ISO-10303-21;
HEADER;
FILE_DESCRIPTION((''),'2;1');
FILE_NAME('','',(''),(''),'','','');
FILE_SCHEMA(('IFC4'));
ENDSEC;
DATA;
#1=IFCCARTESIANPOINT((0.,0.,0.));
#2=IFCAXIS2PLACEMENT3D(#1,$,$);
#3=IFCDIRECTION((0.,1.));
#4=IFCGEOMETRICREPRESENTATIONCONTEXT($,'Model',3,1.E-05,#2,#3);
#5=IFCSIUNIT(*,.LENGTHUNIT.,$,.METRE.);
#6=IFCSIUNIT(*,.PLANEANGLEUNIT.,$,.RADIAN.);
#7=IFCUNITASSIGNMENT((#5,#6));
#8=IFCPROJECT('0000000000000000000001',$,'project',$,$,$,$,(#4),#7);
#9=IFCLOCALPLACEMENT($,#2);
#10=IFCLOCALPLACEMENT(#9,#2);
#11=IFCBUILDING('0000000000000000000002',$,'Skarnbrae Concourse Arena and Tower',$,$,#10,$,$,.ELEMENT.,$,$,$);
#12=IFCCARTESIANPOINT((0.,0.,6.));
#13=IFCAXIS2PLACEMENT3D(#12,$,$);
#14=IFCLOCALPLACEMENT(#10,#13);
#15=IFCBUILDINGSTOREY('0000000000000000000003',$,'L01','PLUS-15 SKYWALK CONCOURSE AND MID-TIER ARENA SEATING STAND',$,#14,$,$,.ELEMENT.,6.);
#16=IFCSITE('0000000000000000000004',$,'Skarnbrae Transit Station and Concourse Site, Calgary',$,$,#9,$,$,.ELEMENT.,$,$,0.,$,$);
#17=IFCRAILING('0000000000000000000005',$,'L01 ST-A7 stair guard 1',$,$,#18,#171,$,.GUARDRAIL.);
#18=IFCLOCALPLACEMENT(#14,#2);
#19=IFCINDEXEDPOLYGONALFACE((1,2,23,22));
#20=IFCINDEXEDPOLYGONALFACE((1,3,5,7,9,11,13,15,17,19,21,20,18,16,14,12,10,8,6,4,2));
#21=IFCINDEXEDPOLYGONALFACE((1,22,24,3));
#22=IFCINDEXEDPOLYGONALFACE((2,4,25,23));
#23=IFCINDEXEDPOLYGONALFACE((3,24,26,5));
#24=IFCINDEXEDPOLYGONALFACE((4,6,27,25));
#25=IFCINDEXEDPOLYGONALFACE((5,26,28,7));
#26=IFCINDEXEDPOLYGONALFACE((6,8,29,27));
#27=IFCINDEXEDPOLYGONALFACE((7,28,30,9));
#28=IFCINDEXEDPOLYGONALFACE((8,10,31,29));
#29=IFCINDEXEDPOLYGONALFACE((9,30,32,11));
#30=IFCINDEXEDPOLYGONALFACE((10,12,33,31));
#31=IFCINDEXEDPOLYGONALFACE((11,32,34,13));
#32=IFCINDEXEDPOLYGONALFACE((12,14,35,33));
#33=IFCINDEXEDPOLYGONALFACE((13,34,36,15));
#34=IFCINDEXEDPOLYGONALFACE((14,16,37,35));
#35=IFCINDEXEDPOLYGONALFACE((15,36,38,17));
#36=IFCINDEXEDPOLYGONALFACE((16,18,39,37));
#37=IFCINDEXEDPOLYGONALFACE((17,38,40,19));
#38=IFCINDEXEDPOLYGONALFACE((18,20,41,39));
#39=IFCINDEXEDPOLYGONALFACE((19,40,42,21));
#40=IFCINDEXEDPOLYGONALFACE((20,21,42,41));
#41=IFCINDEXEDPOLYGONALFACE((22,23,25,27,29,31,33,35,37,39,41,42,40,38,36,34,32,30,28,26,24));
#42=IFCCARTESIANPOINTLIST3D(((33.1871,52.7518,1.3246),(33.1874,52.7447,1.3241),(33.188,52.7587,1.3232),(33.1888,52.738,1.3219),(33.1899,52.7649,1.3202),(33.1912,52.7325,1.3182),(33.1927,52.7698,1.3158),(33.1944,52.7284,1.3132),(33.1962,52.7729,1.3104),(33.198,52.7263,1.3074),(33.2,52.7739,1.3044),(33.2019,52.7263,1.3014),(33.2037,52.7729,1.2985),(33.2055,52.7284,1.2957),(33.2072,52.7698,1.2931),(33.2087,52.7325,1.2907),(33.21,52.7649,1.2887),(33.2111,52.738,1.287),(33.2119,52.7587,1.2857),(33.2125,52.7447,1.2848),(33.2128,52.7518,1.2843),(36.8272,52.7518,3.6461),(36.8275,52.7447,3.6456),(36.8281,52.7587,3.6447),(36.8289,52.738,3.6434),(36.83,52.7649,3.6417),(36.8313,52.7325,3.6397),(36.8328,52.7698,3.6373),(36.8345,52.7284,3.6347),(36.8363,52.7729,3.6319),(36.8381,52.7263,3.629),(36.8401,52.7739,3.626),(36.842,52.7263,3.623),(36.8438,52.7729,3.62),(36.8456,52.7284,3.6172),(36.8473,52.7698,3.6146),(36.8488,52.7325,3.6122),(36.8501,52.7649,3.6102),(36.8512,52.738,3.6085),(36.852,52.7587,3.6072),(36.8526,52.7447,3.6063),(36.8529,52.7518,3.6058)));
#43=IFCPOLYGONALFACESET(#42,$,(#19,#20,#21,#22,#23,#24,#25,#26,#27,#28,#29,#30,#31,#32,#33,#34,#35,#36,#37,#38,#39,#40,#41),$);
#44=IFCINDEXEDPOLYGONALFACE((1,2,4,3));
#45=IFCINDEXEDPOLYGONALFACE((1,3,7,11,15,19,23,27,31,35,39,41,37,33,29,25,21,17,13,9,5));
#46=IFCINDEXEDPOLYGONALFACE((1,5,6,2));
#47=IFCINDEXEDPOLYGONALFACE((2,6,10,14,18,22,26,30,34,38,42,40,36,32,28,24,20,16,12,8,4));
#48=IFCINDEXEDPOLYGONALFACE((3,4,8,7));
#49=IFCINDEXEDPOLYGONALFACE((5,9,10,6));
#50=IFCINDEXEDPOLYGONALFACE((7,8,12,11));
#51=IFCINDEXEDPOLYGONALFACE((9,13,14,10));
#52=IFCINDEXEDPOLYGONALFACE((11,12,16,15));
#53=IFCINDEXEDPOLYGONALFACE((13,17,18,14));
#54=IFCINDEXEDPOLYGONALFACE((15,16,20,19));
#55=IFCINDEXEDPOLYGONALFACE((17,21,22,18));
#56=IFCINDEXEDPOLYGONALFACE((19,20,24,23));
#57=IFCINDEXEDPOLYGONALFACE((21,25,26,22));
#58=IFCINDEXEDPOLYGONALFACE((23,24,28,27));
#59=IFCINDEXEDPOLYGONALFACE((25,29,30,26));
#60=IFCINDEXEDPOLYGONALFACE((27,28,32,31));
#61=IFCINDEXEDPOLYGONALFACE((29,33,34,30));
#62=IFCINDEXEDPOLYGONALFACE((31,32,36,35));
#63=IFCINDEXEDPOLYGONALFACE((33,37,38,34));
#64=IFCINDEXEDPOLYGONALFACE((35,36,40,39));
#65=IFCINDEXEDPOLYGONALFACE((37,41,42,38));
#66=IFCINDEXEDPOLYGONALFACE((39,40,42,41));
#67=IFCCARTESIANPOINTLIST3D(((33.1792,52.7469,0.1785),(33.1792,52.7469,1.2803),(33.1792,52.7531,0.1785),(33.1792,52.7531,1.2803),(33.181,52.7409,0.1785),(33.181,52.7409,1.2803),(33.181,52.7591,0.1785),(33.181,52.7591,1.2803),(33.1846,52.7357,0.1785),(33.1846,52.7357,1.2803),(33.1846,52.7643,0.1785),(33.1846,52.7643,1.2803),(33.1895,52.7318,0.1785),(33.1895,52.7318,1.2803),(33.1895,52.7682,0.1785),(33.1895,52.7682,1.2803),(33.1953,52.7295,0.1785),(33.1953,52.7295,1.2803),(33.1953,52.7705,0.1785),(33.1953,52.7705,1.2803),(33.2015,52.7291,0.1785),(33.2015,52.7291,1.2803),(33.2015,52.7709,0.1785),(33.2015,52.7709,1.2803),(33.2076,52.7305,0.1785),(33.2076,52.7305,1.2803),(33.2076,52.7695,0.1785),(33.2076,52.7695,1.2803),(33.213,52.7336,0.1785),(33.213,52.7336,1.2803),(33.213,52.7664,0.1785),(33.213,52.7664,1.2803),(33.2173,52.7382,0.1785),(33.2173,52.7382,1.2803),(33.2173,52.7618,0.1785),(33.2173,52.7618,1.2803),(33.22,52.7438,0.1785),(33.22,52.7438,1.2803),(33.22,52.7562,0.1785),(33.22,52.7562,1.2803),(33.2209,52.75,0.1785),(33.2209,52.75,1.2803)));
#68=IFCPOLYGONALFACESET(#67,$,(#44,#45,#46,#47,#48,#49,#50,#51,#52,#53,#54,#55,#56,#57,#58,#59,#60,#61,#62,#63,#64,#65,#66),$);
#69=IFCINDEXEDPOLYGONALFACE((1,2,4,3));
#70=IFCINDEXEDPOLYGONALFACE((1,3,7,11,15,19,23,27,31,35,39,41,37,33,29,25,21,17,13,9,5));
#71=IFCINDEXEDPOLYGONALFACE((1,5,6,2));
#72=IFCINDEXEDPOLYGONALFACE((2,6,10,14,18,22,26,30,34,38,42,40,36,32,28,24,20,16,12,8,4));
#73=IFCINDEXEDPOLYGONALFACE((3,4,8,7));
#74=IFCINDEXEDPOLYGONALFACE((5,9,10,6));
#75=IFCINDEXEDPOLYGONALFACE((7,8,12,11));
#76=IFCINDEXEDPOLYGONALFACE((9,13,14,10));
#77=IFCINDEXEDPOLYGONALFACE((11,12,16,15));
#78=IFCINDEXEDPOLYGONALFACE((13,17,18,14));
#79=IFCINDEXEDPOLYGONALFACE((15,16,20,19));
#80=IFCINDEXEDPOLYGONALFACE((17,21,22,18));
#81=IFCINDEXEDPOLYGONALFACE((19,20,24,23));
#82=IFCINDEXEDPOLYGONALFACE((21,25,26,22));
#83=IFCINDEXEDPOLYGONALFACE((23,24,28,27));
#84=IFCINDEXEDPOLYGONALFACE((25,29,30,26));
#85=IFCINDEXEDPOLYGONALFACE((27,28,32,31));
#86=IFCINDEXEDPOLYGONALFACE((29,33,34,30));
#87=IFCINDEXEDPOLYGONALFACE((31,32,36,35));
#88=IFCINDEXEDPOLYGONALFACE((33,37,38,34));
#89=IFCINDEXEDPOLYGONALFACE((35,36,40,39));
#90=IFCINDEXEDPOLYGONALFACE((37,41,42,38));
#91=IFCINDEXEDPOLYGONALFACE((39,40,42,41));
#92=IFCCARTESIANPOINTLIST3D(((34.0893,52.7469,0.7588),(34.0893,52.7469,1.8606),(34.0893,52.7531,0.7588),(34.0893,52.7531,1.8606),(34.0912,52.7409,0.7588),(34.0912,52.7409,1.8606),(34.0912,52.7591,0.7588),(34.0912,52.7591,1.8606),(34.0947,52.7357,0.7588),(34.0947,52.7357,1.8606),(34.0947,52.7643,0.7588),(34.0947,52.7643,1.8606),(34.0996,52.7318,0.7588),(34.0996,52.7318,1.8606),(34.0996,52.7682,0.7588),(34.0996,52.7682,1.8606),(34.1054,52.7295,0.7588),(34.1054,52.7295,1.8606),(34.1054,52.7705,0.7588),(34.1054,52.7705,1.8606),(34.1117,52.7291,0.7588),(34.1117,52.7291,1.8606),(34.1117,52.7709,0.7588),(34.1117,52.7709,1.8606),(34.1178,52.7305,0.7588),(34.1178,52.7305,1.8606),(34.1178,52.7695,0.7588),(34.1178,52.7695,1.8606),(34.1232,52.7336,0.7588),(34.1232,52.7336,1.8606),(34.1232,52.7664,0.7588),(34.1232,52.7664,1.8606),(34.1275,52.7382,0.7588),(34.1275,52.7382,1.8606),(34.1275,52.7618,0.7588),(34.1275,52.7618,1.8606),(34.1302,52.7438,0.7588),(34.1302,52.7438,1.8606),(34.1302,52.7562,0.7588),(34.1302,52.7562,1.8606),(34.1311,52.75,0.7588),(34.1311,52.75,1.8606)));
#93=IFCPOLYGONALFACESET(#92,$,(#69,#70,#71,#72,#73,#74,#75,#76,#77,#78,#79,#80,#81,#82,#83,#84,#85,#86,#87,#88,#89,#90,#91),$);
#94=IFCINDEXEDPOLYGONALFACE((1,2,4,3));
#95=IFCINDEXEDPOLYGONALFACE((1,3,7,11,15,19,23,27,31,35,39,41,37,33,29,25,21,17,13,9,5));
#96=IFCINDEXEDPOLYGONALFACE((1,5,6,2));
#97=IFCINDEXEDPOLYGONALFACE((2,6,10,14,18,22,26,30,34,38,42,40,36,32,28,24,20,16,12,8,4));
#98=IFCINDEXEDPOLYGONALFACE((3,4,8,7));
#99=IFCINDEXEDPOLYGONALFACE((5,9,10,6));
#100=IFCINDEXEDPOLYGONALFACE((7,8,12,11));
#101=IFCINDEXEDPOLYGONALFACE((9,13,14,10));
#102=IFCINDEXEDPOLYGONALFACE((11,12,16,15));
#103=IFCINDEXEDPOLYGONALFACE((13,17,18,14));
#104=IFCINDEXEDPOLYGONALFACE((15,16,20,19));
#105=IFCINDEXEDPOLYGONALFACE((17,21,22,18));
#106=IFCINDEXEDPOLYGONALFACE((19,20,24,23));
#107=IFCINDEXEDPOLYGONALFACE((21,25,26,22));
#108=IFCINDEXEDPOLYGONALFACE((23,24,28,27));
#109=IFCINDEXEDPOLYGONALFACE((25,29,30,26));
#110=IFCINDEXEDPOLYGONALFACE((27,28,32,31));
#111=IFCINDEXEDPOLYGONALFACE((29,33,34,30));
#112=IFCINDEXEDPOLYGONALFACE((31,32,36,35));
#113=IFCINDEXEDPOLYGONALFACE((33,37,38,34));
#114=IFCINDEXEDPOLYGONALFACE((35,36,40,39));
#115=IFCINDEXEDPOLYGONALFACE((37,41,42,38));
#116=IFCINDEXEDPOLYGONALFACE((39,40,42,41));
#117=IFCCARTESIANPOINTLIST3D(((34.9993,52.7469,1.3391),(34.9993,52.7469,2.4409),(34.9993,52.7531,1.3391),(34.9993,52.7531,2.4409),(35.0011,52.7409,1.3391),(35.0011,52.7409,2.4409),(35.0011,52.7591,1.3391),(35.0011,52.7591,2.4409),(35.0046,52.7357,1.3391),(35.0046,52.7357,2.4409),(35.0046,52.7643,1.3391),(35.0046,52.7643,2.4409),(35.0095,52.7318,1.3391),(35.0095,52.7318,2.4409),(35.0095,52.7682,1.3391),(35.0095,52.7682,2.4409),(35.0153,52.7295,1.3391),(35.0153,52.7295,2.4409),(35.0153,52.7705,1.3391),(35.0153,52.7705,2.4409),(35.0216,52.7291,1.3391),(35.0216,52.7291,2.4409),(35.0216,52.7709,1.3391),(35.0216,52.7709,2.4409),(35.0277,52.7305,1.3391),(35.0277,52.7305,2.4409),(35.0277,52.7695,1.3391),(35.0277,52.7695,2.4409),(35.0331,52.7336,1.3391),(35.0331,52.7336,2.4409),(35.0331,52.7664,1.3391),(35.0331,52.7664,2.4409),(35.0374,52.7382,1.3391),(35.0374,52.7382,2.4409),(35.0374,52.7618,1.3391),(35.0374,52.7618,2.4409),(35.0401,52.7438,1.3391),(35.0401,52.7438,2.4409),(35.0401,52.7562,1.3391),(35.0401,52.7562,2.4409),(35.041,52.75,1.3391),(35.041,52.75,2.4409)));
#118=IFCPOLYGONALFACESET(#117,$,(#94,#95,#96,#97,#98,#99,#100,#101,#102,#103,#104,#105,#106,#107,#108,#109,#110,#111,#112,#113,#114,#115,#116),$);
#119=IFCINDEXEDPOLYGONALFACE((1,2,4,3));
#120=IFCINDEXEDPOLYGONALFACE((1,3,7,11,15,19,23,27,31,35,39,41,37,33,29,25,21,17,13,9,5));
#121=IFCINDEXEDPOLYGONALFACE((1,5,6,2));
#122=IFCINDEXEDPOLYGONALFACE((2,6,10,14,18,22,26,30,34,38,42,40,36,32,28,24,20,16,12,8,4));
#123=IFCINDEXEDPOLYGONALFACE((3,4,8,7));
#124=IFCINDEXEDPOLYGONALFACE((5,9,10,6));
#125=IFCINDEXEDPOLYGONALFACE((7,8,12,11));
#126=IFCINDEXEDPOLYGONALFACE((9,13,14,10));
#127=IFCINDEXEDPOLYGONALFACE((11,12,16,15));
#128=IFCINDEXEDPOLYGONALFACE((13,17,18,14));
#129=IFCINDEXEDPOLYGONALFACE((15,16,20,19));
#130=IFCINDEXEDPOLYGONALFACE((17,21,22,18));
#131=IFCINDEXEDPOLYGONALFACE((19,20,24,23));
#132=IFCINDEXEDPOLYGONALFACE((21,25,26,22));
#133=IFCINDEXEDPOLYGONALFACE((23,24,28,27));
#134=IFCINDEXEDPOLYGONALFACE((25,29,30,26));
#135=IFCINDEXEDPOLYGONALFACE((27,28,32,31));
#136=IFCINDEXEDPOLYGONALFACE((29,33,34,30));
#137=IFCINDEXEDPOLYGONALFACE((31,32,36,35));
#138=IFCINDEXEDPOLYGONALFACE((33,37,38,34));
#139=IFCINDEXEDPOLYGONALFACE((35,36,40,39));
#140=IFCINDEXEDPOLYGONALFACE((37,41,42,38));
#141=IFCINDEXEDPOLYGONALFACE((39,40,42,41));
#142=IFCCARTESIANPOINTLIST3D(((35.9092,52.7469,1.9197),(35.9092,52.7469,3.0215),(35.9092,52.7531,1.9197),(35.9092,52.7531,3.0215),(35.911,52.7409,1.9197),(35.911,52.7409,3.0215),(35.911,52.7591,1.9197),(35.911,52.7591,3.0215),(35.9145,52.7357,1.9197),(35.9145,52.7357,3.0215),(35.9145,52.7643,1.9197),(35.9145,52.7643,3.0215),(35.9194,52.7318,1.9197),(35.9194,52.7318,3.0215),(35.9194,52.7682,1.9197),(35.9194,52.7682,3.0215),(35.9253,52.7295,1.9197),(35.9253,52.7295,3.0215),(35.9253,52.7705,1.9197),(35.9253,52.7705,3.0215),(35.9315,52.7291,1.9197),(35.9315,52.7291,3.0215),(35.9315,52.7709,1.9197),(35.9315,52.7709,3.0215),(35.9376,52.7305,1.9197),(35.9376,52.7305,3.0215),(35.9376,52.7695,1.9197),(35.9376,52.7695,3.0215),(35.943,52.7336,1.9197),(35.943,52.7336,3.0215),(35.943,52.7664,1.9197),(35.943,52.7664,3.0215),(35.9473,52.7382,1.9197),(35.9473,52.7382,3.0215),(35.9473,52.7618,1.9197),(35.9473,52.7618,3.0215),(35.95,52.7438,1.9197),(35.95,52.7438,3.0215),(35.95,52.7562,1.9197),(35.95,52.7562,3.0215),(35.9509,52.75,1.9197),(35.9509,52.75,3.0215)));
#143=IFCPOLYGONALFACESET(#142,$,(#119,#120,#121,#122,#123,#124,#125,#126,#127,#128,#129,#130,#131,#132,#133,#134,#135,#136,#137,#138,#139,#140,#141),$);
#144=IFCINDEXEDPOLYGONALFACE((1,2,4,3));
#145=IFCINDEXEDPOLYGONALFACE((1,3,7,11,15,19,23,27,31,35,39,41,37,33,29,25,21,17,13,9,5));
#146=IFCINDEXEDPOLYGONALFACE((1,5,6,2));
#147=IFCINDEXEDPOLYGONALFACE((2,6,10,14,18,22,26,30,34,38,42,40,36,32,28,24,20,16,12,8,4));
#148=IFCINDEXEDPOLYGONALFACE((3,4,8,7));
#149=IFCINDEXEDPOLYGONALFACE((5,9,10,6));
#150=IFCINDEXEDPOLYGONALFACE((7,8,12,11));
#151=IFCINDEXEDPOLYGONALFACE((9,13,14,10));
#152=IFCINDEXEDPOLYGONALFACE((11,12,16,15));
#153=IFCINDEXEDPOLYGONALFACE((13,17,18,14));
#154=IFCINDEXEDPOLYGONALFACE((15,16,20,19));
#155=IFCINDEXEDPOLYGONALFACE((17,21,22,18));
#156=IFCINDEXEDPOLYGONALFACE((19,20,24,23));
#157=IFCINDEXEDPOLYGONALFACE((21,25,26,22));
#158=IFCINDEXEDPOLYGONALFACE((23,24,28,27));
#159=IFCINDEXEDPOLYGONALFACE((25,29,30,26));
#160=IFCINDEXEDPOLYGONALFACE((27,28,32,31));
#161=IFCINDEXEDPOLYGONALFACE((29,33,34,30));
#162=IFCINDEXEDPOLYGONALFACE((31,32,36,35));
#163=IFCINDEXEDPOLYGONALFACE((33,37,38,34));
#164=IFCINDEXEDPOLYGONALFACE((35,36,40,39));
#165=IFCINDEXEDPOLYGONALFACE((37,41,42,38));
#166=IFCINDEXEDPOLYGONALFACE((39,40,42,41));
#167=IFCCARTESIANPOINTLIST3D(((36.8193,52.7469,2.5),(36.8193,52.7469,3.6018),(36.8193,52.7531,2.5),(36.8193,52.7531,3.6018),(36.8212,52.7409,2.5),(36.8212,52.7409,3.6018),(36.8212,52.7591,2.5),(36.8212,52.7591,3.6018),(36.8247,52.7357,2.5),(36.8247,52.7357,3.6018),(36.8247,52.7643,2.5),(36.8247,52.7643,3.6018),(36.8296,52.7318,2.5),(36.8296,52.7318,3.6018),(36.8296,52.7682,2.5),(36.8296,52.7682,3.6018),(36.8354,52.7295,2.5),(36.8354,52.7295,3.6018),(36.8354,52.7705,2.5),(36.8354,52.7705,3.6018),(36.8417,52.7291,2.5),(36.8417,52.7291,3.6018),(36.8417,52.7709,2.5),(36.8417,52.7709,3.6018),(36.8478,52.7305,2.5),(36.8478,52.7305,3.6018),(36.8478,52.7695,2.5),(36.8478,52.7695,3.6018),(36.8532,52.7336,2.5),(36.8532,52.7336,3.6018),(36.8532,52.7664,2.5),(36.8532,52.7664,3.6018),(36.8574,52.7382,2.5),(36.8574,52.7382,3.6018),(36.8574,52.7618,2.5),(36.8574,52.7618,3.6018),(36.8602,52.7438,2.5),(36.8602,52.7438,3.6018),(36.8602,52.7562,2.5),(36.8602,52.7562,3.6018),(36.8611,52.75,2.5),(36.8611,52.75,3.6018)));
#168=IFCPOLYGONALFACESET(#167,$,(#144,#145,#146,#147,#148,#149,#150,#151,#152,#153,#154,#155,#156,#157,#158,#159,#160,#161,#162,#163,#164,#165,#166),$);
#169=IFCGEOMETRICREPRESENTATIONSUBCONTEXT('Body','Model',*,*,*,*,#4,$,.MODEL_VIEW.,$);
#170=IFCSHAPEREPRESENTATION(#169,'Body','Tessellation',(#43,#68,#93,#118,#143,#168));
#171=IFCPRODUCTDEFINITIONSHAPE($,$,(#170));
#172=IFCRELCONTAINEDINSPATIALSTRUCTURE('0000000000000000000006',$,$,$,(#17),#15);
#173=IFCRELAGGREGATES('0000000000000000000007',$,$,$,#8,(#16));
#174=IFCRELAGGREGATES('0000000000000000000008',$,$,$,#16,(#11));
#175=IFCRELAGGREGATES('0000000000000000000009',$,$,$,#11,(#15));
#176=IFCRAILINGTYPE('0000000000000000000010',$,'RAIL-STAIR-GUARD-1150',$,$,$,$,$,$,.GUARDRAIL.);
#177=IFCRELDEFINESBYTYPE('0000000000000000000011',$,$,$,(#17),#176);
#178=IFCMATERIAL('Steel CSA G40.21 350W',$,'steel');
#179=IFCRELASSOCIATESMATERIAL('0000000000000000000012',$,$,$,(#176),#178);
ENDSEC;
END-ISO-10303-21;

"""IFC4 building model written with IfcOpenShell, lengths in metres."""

from ifc_helpers import new_model, si_unit, direction, frame, origin, origin_2d, place, context, subcontext, project, spatial, circle, extrude, material, type_object, element, save


model = new_model("IFC4")

# Units and contexts
model_context = context("Model", 3, precision=1e-05, world=origin(), true_north=direction((0.0, 1.0)))
body_context = subcontext(model_context, "Body", "Model", "MODEL_VIEW")
ifc_project = project(units=[si_unit("LENGTHUNIT", "METRE"), si_unit("PLANEANGLEUNIT", "RADIAN")], contexts=[model_context])

# Site, building, storey
site_placement = place(None, origin())
site = spatial("IfcSite", under=ifc_project, at=site_placement, Name="Skarnbrae Transit Station and Concourse Site, Calgary", CompositionType="ELEMENT", RefElevation=0.0)
building_placement = place(site_placement, origin())
building = spatial("IfcBuilding", under=site, at=building_placement, Name="Skarnbrae Concourse Arena and Tower", CompositionType="ELEMENT")
storey_placement = place(building_placement, frame((0.0, 0.0, 6.0)))
storey = spatial("IfcBuildingStorey", under=building, at=storey_placement, Name="L01", Description="PLUS-15 SKYWALK CONCOURSE AND MID-TIER ARENA SEATING STAND", CompositionType="ELEMENT", Elevation=6.0)

# Shared definitions
ifc_material_1 = material(Name="Steel CSA G40.21 350W", Category="steel")

# Railing
railing_type_1 = type_object("IfcRailingType", Name="RAIL-STAIR-GUARD-1150", PredefinedType="GUARDRAIL", material=ifc_material_1)
railing_1_placement = place(storey_placement, frame((33.2, 52.75, 0.1785)))
element("IfcRailing", 1, at=railing_1_placement, inside=storey, type_object=railing_type_1, Name="L01 ST-A7 stair guard 1", PredefinedType="GUARDRAIL", context=body_context, shape_type="SweptSolid", body=[
    extrude(circle(Radius=0.0239, at=origin_2d()), frame((0.0, 0.0, 1.126), z_axis=(0.843128, 0.0, 0.537713), x_axis=(0.0, 1.0, 0.0)), (0.0, 0.0, 1.0), 4.3174),
    extrude(circle(Radius=0.021, at=origin_2d()), origin(), (0.0, 0.0, 1.0), 1.1018),
    extrude(circle(Radius=0.021, at=origin_2d()), frame((0.9102, 0.0, 0.5803)), (0.0, 0.0, 1.0), 1.1018),
    extrude(circle(Radius=0.021, at=origin_2d()), frame((1.8201, 0.0, 1.1606)), (0.0, 0.0, 1.0), 1.1018),
    extrude(circle(Radius=0.021, at=origin_2d()), frame((2.73, 0.0, 1.7412)), (0.0, 0.0, 1.0), 1.1018),
    extrude(circle(Radius=0.021, at=origin_2d()), frame((3.6401, 0.0, 2.3215)), (0.0, 0.0, 1.0), 1.1018),
])

save(model, "model.ifc")
